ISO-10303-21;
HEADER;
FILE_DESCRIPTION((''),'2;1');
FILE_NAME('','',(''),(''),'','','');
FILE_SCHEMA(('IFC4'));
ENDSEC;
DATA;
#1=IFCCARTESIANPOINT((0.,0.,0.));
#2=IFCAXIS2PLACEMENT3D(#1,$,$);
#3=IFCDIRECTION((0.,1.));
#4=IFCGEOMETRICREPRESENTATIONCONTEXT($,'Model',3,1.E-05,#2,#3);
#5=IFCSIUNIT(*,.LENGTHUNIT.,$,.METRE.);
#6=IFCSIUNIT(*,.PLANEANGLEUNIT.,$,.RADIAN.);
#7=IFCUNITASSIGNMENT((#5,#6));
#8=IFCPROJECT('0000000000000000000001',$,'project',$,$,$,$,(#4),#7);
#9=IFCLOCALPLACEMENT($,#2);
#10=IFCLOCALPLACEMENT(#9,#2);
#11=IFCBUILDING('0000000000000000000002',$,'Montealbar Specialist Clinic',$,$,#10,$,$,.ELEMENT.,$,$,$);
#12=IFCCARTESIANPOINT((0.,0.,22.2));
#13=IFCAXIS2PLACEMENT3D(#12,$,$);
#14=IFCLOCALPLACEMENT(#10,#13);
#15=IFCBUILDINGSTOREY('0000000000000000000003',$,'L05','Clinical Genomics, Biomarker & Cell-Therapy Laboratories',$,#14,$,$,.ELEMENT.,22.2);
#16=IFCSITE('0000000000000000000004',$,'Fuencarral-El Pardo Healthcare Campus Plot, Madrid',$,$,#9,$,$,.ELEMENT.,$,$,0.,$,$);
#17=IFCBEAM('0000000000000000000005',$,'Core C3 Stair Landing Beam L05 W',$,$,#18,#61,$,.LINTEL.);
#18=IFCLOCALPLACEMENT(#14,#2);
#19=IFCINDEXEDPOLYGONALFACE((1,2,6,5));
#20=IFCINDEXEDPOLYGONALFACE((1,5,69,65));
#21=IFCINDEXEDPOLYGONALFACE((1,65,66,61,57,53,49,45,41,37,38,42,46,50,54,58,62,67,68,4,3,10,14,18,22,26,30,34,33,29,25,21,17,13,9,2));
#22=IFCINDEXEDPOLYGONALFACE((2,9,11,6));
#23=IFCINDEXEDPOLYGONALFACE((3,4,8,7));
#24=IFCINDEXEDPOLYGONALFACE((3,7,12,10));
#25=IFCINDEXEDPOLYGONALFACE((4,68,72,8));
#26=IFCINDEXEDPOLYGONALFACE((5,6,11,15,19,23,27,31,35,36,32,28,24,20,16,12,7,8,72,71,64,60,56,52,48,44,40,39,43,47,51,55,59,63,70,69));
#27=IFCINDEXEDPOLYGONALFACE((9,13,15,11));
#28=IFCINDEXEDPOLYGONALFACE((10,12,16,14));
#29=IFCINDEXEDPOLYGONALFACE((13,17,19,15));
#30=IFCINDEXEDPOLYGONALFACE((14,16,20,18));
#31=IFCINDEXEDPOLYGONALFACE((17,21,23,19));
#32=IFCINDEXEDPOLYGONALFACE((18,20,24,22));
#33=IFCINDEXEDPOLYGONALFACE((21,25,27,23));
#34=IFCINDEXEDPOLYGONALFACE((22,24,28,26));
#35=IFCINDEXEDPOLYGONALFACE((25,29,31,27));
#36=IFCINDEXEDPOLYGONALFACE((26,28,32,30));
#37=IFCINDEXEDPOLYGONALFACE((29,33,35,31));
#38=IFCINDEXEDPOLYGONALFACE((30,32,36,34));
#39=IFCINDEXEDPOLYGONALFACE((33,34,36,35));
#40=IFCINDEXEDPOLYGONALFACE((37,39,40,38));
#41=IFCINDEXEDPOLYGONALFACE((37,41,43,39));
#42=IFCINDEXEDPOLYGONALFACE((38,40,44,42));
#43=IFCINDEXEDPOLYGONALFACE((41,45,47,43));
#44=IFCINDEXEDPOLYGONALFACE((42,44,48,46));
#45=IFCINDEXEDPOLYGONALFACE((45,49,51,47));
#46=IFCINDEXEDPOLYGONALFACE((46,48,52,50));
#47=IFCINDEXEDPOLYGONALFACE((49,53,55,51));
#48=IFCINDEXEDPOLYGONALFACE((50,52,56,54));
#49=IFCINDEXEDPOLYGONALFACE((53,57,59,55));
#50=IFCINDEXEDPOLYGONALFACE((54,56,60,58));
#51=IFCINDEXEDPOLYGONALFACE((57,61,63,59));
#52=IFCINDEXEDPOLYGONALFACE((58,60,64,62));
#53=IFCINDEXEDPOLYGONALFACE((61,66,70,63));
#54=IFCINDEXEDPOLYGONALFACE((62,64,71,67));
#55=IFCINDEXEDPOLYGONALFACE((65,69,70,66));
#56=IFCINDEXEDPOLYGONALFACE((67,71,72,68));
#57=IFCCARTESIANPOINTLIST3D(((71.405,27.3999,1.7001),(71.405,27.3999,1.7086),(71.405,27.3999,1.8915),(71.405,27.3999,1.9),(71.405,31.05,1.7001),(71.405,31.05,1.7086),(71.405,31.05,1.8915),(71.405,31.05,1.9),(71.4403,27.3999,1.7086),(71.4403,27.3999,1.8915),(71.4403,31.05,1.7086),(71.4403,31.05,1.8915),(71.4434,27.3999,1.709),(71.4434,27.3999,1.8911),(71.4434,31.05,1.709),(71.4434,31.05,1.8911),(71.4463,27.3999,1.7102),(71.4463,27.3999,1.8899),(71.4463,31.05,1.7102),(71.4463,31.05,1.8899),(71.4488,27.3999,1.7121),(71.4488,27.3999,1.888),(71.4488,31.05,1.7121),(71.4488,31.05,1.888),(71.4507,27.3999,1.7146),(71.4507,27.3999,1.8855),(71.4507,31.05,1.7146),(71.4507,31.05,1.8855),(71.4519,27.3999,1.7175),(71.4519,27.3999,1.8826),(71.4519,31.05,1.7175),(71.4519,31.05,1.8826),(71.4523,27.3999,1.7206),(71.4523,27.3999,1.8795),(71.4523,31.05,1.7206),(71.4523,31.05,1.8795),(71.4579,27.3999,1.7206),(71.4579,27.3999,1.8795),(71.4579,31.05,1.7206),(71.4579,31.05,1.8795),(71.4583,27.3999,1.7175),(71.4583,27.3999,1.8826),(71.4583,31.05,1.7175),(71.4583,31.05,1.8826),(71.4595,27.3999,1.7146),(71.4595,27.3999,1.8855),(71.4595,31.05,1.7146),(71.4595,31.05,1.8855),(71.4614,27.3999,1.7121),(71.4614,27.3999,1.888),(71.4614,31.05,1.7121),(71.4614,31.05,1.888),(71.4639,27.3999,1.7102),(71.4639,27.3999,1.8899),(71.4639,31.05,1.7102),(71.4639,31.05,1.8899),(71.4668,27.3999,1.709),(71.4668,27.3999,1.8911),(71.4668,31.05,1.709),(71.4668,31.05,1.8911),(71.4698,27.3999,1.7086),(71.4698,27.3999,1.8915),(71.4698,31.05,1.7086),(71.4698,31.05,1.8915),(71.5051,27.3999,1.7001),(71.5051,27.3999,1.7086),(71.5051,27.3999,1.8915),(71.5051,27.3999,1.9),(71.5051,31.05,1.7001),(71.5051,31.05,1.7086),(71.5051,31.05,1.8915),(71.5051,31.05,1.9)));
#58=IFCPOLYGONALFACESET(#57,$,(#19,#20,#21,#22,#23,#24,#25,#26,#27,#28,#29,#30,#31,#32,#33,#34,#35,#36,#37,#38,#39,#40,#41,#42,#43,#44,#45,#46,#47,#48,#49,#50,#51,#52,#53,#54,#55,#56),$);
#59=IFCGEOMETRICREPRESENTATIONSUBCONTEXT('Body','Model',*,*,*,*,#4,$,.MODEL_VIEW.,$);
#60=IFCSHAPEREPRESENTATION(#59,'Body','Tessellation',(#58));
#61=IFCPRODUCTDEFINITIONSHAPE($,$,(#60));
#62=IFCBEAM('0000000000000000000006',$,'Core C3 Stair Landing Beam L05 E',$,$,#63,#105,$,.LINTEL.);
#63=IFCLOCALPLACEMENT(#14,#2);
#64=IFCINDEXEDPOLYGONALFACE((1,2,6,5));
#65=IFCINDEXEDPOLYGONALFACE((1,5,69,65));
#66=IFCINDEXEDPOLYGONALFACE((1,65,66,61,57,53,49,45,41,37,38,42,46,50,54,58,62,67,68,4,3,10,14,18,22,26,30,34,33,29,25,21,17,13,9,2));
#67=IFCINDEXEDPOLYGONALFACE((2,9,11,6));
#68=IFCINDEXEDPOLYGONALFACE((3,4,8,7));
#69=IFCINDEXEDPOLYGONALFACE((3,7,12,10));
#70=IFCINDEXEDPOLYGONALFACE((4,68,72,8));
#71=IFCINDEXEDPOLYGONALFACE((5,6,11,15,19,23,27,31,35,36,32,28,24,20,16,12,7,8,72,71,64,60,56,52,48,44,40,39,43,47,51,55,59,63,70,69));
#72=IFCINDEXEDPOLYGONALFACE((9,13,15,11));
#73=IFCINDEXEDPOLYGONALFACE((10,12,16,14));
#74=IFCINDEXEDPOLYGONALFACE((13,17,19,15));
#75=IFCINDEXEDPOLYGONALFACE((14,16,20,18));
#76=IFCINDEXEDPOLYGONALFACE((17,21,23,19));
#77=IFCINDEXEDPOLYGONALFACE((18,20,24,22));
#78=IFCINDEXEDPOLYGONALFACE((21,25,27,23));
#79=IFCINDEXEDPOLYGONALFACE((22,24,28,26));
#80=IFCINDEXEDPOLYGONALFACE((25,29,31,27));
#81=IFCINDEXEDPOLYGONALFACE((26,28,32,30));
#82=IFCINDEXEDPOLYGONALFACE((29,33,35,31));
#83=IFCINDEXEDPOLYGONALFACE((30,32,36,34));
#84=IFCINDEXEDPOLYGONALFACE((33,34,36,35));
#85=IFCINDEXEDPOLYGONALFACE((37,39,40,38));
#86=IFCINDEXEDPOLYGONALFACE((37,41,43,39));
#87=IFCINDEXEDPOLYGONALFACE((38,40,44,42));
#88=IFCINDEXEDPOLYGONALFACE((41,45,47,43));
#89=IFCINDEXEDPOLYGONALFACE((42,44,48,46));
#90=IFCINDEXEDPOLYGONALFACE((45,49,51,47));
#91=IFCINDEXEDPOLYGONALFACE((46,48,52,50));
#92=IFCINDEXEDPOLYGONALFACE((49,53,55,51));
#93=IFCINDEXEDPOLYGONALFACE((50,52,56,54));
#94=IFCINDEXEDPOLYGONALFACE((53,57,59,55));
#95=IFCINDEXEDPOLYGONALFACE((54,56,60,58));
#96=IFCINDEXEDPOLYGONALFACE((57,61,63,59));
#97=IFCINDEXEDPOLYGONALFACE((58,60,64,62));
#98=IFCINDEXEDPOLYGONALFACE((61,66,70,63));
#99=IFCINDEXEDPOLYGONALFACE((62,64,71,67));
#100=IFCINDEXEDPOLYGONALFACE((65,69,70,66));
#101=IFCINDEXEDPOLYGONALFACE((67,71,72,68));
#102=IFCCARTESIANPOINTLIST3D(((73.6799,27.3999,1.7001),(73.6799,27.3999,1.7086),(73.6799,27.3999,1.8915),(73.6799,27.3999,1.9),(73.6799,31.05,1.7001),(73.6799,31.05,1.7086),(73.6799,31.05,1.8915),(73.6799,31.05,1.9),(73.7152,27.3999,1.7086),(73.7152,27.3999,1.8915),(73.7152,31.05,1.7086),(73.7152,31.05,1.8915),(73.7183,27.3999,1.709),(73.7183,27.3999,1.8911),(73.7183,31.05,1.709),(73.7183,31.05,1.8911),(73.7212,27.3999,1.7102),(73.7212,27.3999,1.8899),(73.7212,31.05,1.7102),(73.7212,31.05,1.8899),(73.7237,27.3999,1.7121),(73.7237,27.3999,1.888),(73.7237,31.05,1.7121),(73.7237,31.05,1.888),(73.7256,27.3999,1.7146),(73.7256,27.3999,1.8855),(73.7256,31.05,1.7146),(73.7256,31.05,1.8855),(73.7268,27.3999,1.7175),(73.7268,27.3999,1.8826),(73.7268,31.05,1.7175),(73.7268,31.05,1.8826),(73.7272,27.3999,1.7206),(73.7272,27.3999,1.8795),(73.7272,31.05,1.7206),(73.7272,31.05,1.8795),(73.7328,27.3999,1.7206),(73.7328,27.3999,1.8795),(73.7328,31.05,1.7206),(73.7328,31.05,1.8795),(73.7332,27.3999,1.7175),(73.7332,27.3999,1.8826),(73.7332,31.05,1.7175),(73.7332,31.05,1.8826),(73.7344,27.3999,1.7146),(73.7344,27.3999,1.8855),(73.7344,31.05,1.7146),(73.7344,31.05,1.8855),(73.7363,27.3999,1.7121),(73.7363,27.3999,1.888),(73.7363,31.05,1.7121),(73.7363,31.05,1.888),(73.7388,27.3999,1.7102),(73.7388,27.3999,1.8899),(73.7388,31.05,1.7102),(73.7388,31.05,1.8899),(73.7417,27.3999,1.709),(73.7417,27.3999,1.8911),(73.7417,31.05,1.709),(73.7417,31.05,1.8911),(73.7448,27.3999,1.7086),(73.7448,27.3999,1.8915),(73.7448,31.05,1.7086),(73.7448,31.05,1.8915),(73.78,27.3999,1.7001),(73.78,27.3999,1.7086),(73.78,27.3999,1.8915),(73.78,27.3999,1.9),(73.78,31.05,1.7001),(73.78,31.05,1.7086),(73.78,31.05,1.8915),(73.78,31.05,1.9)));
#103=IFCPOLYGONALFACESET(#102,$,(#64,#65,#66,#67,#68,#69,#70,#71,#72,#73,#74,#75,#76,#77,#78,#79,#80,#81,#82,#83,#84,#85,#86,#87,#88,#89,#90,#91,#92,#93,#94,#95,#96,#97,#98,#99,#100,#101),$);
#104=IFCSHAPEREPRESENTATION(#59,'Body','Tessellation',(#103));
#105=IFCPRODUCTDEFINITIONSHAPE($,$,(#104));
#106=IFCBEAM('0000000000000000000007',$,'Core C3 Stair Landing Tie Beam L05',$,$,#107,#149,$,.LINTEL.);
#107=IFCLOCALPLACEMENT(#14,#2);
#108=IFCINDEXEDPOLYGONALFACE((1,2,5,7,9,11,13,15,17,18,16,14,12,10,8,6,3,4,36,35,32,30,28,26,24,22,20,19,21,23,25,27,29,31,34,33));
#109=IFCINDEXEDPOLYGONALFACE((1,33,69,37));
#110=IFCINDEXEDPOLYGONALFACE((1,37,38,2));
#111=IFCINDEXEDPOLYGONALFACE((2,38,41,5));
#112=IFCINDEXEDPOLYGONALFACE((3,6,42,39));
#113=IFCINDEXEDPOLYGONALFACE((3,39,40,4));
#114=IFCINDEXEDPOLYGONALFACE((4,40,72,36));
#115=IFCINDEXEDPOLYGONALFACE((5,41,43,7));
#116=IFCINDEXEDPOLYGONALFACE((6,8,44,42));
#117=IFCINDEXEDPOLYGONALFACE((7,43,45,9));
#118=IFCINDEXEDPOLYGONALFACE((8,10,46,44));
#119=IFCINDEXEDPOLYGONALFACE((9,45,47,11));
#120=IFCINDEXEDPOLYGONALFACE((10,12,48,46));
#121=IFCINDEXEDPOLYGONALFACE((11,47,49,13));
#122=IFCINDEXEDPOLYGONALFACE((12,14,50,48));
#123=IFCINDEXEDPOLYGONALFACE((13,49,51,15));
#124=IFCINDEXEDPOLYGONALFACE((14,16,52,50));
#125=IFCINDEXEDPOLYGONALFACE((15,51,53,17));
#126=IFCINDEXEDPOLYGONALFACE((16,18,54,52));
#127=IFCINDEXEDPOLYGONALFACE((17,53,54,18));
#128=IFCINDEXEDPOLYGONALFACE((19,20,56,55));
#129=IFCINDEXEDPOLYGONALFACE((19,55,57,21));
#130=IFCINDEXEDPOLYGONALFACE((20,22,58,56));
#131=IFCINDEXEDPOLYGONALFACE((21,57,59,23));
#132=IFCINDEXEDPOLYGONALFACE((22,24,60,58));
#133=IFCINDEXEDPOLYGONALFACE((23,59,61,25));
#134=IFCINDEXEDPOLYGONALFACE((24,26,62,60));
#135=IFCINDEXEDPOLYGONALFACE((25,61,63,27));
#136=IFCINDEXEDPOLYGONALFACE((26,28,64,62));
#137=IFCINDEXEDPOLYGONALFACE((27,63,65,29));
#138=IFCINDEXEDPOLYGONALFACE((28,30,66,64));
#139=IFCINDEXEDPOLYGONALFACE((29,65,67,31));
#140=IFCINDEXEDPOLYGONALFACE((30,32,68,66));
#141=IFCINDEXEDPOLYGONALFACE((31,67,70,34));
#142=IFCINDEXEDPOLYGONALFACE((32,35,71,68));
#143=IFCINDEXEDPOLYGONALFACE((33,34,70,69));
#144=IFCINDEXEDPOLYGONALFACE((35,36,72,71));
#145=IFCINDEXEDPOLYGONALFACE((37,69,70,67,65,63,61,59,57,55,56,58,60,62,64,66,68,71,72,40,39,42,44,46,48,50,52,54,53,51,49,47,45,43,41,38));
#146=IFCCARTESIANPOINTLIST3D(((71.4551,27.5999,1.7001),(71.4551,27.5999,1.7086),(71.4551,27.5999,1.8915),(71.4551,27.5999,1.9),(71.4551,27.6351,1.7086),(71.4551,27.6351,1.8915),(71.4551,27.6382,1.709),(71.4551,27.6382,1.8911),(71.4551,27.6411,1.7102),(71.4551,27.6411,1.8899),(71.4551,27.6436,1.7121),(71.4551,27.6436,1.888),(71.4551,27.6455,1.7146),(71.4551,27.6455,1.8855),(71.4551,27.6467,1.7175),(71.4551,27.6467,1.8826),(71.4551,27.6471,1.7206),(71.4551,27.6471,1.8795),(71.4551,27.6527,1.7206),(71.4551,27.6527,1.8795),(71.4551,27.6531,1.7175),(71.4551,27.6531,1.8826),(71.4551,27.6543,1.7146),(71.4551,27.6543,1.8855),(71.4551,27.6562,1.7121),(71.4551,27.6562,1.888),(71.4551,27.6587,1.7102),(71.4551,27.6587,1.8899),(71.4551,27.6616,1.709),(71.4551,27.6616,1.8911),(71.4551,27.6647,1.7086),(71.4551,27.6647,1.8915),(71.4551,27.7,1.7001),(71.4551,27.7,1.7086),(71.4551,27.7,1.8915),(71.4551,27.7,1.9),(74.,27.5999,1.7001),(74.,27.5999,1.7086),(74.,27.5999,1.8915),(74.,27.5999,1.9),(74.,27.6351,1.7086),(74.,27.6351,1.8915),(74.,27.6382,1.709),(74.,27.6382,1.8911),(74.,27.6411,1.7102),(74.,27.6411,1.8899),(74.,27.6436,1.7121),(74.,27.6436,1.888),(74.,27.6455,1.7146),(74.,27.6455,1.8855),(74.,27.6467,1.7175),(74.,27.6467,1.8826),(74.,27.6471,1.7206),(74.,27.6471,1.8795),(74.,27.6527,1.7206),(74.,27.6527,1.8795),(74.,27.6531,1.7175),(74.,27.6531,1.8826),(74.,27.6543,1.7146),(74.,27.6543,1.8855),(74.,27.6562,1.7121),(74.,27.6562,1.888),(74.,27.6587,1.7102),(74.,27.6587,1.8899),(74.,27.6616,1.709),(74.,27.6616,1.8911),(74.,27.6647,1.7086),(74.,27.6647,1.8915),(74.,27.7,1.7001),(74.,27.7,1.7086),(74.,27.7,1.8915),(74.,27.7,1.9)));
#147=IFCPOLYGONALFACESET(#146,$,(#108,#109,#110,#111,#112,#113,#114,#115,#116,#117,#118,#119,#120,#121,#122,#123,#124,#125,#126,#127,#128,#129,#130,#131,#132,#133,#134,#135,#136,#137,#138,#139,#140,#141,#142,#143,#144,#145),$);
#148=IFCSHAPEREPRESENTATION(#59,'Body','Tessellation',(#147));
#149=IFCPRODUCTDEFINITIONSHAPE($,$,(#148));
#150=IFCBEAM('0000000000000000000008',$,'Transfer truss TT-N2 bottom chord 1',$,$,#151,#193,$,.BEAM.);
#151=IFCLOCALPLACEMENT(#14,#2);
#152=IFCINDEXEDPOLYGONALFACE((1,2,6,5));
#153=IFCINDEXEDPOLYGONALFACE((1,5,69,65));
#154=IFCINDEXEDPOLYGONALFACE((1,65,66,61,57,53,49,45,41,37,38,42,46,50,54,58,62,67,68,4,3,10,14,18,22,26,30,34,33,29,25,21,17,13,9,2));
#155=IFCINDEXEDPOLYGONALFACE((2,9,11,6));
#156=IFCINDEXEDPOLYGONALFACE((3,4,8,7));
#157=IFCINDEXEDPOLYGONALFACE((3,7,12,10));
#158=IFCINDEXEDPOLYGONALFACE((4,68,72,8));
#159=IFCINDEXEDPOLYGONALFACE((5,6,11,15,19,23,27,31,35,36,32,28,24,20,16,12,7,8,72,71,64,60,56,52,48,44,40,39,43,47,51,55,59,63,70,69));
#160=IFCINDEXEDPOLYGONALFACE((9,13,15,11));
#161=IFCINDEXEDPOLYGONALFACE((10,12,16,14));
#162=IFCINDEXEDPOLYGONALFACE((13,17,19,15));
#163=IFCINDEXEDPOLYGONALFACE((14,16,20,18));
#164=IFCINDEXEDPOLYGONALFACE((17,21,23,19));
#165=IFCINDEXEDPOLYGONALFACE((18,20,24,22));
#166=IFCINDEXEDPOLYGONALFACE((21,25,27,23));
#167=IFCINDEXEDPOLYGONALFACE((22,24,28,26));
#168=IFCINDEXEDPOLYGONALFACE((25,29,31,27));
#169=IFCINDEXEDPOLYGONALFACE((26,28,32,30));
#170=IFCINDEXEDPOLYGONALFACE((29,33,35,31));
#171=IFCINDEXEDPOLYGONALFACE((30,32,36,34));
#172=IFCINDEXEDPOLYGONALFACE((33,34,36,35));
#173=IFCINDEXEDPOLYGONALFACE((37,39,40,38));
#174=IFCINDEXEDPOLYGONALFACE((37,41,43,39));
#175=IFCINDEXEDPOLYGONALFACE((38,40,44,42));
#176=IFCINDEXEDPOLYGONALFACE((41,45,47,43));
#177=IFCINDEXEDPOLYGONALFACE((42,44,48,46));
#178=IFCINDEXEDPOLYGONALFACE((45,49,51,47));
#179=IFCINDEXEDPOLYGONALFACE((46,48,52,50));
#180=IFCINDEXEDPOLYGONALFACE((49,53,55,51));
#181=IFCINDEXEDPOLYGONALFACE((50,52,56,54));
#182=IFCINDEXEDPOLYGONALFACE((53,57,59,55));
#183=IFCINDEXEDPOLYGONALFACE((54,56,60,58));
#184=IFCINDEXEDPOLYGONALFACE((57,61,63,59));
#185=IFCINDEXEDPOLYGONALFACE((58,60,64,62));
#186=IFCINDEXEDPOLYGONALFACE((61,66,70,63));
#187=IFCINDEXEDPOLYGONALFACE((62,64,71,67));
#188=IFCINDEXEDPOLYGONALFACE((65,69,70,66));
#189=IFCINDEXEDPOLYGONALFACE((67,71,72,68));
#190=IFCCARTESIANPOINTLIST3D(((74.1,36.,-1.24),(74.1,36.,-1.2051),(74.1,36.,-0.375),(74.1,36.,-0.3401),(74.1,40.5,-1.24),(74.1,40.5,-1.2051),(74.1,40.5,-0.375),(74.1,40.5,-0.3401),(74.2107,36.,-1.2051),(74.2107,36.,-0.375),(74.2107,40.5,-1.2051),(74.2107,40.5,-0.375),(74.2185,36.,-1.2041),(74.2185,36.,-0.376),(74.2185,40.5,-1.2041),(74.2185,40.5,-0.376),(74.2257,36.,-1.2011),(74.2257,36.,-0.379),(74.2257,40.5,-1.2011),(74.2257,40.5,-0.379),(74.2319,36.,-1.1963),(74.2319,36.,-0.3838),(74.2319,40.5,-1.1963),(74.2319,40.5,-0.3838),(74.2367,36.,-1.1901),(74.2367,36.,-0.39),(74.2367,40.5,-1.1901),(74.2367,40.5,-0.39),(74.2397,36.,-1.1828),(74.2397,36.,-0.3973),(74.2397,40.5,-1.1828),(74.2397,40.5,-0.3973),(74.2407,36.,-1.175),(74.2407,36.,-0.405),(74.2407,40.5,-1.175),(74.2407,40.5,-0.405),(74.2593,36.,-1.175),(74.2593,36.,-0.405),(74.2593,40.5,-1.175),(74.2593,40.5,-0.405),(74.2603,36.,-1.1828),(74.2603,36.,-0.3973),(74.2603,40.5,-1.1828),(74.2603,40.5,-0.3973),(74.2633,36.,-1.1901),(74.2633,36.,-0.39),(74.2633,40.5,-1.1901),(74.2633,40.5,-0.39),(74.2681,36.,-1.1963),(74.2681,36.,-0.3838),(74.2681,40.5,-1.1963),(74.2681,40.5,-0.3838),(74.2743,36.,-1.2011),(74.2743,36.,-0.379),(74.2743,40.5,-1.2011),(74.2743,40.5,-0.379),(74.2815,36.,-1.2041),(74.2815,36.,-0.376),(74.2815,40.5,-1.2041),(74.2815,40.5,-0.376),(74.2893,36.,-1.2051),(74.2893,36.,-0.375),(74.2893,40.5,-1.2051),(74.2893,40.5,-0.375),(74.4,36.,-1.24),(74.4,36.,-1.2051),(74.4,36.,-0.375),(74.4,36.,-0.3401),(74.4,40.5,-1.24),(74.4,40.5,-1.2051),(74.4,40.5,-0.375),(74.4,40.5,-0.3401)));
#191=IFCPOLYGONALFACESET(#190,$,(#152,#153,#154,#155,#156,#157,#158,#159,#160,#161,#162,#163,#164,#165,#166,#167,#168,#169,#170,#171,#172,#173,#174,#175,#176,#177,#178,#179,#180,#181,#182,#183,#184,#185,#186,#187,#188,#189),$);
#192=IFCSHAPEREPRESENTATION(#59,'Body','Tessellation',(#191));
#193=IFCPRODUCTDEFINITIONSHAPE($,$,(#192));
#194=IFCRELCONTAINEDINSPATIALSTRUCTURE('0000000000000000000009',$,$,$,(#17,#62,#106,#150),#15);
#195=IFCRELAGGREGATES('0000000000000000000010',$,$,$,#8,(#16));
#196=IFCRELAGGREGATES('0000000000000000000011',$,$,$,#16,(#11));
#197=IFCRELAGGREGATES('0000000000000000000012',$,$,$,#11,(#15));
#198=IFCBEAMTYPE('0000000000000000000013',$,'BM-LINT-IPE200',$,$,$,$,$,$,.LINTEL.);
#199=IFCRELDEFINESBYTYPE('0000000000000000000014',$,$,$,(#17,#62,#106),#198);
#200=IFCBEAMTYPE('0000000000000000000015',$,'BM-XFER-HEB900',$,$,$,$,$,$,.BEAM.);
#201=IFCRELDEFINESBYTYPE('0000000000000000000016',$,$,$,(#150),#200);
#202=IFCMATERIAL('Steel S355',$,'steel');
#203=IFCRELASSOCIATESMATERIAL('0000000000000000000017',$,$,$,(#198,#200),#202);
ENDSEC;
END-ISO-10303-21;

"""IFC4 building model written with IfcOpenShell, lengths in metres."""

from ifc_helpers import new_model, si_unit, direction, frame, origin, origin_2d, place, context, subcontext, project, spatial, i_section, extrude, material, material_profile, profile_set, type_object, element, save


model = new_model("IFC4")

# Units and contexts
model_context = context("Model", 3, precision=1e-05, world=origin(), true_north=direction((0.0, 1.0)))
body_context = subcontext(model_context, "Body", "Model", "MODEL_VIEW")
ifc_project = project(units=[si_unit("LENGTHUNIT", "METRE"), si_unit("PLANEANGLEUNIT", "RADIAN")], contexts=[model_context])

# Site, building, storey
site_placement = place(None, origin())
site = spatial("IfcSite", under=ifc_project, at=site_placement, Name="Fuencarral-El Pardo Healthcare Campus Plot, Madrid", CompositionType="ELEMENT", RefElevation=0.0)
building_placement = place(site_placement, origin())
building = spatial("IfcBuilding", under=site, at=building_placement, Name="Montealbar Specialist Clinic", CompositionType="ELEMENT")
storey_placement = place(building_placement, frame((0.0, 0.0, 22.2)))
storey = spatial("IfcBuildingStorey", under=building, at=storey_placement, Name="L05", Description="Clinical Genomics, Biomarker & Cell-Therapy Laboratories", CompositionType="ELEMENT", Elevation=22.2)

# Shared definitions
ifc_material_1 = material(Name="Steel S355", Category="steel")

# Beams
ifc_material_profile_1 = material_profile(ifc_material_1, i_section(OverallWidth=0.1001, OverallDepth=0.2, WebThickness=0.0056, FlangeThickness=0.0085, FilletRadius=0.012, at=origin_2d()), Name="IPE 200", Category="steel")
ifc_profile_set_1 = profile_set([ifc_material_profile_1], Name="Steel S355")
beam_type_1 = type_object("IfcBeamType", Name="BM-LINT-IPE200", PredefinedType="LINTEL", material=ifc_profile_set_1)
for number, where, z_axis, x_axis, name in (
    (1, (71.4551, 27.3999, 1.8), (0.0, 1.0, 0.0), (-1.0, 0.0, 0.0), "Core C3 Stair Landing Beam L05 W"),
    (2, (73.73, 27.3999, 1.8), (0.0, 1.0, 0.0), (-1.0, 0.0, 0.0), "Core C3 Stair Landing Beam L05 E"),
):
    element("IfcBeam", number, at=place(storey_placement, frame(where, z_axis=z_axis, x_axis=x_axis)), inside=storey, type_object=beam_type_1, Name=name, PredefinedType="LINTEL", context=body_context, shape_type="SweptSolid", body=[
        extrude(i_section(OverallWidth=0.1001, OverallDepth=0.2, WebThickness=0.0056, FlangeThickness=0.0085, FilletRadius=0.012, at=origin_2d()), origin(), (0.0, 0.0, 1.0), 3.6501),
    ])
beam_1_placement = place(storey_placement, frame((71.4551, 27.6499, 1.8), z_axis=(1.0, 0.0, 0.0), x_axis=(0.0, 1.0, 0.0)))
element("IfcBeam", 3, at=beam_1_placement, inside=storey, type_object=beam_type_1, Name="Core C3 Stair Landing Tie Beam L05", PredefinedType="LINTEL", context=body_context, shape_type="SweptSolid", body=[
    extrude(i_section(OverallWidth=0.1001, OverallDepth=0.2, WebThickness=0.0056, FlangeThickness=0.0085, FilletRadius=0.012, at=origin_2d()), origin(), (0.0, 0.0, 1.0), 2.5449),
])
ifc_material_profile_2 = material_profile(ifc_material_1, i_section(OverallWidth=0.3, OverallDepth=0.8999, WebThickness=0.0186, FlangeThickness=0.0349, FilletRadius=0.03, at=origin_2d()), Name="HEB 900", Category="steel")
ifc_profile_set_2 = profile_set([ifc_material_profile_2], Name="Steel S355")
beam_type_2 = type_object("IfcBeamType", Name="BM-XFER-HEB900", PredefinedType="BEAM", material=ifc_profile_set_2)
for number, where, z_axis, x_axis, name in (
    (4, (74.25, 36.0, -0.79), (0.0, 1.0, 0.0), (-1.0, 0.0, 0.0), "Transfer truss TT-N2 bottom chord 1"),
):
    element("IfcBeam", number, at=place(storey_placement, frame(where, z_axis=z_axis, x_axis=x_axis)), inside=storey, type_object=beam_type_2, Name=name, PredefinedType="BEAM", context=body_context, shape_type="SweptSolid", body=[
        extrude(i_section(OverallWidth=0.3, OverallDepth=0.8999, WebThickness=0.0186, FlangeThickness=0.0349, FilletRadius=0.03, at=origin_2d()), origin(), (0.0, 0.0, 1.0), 4.5),
    ])

save(model, "model.ifc")
